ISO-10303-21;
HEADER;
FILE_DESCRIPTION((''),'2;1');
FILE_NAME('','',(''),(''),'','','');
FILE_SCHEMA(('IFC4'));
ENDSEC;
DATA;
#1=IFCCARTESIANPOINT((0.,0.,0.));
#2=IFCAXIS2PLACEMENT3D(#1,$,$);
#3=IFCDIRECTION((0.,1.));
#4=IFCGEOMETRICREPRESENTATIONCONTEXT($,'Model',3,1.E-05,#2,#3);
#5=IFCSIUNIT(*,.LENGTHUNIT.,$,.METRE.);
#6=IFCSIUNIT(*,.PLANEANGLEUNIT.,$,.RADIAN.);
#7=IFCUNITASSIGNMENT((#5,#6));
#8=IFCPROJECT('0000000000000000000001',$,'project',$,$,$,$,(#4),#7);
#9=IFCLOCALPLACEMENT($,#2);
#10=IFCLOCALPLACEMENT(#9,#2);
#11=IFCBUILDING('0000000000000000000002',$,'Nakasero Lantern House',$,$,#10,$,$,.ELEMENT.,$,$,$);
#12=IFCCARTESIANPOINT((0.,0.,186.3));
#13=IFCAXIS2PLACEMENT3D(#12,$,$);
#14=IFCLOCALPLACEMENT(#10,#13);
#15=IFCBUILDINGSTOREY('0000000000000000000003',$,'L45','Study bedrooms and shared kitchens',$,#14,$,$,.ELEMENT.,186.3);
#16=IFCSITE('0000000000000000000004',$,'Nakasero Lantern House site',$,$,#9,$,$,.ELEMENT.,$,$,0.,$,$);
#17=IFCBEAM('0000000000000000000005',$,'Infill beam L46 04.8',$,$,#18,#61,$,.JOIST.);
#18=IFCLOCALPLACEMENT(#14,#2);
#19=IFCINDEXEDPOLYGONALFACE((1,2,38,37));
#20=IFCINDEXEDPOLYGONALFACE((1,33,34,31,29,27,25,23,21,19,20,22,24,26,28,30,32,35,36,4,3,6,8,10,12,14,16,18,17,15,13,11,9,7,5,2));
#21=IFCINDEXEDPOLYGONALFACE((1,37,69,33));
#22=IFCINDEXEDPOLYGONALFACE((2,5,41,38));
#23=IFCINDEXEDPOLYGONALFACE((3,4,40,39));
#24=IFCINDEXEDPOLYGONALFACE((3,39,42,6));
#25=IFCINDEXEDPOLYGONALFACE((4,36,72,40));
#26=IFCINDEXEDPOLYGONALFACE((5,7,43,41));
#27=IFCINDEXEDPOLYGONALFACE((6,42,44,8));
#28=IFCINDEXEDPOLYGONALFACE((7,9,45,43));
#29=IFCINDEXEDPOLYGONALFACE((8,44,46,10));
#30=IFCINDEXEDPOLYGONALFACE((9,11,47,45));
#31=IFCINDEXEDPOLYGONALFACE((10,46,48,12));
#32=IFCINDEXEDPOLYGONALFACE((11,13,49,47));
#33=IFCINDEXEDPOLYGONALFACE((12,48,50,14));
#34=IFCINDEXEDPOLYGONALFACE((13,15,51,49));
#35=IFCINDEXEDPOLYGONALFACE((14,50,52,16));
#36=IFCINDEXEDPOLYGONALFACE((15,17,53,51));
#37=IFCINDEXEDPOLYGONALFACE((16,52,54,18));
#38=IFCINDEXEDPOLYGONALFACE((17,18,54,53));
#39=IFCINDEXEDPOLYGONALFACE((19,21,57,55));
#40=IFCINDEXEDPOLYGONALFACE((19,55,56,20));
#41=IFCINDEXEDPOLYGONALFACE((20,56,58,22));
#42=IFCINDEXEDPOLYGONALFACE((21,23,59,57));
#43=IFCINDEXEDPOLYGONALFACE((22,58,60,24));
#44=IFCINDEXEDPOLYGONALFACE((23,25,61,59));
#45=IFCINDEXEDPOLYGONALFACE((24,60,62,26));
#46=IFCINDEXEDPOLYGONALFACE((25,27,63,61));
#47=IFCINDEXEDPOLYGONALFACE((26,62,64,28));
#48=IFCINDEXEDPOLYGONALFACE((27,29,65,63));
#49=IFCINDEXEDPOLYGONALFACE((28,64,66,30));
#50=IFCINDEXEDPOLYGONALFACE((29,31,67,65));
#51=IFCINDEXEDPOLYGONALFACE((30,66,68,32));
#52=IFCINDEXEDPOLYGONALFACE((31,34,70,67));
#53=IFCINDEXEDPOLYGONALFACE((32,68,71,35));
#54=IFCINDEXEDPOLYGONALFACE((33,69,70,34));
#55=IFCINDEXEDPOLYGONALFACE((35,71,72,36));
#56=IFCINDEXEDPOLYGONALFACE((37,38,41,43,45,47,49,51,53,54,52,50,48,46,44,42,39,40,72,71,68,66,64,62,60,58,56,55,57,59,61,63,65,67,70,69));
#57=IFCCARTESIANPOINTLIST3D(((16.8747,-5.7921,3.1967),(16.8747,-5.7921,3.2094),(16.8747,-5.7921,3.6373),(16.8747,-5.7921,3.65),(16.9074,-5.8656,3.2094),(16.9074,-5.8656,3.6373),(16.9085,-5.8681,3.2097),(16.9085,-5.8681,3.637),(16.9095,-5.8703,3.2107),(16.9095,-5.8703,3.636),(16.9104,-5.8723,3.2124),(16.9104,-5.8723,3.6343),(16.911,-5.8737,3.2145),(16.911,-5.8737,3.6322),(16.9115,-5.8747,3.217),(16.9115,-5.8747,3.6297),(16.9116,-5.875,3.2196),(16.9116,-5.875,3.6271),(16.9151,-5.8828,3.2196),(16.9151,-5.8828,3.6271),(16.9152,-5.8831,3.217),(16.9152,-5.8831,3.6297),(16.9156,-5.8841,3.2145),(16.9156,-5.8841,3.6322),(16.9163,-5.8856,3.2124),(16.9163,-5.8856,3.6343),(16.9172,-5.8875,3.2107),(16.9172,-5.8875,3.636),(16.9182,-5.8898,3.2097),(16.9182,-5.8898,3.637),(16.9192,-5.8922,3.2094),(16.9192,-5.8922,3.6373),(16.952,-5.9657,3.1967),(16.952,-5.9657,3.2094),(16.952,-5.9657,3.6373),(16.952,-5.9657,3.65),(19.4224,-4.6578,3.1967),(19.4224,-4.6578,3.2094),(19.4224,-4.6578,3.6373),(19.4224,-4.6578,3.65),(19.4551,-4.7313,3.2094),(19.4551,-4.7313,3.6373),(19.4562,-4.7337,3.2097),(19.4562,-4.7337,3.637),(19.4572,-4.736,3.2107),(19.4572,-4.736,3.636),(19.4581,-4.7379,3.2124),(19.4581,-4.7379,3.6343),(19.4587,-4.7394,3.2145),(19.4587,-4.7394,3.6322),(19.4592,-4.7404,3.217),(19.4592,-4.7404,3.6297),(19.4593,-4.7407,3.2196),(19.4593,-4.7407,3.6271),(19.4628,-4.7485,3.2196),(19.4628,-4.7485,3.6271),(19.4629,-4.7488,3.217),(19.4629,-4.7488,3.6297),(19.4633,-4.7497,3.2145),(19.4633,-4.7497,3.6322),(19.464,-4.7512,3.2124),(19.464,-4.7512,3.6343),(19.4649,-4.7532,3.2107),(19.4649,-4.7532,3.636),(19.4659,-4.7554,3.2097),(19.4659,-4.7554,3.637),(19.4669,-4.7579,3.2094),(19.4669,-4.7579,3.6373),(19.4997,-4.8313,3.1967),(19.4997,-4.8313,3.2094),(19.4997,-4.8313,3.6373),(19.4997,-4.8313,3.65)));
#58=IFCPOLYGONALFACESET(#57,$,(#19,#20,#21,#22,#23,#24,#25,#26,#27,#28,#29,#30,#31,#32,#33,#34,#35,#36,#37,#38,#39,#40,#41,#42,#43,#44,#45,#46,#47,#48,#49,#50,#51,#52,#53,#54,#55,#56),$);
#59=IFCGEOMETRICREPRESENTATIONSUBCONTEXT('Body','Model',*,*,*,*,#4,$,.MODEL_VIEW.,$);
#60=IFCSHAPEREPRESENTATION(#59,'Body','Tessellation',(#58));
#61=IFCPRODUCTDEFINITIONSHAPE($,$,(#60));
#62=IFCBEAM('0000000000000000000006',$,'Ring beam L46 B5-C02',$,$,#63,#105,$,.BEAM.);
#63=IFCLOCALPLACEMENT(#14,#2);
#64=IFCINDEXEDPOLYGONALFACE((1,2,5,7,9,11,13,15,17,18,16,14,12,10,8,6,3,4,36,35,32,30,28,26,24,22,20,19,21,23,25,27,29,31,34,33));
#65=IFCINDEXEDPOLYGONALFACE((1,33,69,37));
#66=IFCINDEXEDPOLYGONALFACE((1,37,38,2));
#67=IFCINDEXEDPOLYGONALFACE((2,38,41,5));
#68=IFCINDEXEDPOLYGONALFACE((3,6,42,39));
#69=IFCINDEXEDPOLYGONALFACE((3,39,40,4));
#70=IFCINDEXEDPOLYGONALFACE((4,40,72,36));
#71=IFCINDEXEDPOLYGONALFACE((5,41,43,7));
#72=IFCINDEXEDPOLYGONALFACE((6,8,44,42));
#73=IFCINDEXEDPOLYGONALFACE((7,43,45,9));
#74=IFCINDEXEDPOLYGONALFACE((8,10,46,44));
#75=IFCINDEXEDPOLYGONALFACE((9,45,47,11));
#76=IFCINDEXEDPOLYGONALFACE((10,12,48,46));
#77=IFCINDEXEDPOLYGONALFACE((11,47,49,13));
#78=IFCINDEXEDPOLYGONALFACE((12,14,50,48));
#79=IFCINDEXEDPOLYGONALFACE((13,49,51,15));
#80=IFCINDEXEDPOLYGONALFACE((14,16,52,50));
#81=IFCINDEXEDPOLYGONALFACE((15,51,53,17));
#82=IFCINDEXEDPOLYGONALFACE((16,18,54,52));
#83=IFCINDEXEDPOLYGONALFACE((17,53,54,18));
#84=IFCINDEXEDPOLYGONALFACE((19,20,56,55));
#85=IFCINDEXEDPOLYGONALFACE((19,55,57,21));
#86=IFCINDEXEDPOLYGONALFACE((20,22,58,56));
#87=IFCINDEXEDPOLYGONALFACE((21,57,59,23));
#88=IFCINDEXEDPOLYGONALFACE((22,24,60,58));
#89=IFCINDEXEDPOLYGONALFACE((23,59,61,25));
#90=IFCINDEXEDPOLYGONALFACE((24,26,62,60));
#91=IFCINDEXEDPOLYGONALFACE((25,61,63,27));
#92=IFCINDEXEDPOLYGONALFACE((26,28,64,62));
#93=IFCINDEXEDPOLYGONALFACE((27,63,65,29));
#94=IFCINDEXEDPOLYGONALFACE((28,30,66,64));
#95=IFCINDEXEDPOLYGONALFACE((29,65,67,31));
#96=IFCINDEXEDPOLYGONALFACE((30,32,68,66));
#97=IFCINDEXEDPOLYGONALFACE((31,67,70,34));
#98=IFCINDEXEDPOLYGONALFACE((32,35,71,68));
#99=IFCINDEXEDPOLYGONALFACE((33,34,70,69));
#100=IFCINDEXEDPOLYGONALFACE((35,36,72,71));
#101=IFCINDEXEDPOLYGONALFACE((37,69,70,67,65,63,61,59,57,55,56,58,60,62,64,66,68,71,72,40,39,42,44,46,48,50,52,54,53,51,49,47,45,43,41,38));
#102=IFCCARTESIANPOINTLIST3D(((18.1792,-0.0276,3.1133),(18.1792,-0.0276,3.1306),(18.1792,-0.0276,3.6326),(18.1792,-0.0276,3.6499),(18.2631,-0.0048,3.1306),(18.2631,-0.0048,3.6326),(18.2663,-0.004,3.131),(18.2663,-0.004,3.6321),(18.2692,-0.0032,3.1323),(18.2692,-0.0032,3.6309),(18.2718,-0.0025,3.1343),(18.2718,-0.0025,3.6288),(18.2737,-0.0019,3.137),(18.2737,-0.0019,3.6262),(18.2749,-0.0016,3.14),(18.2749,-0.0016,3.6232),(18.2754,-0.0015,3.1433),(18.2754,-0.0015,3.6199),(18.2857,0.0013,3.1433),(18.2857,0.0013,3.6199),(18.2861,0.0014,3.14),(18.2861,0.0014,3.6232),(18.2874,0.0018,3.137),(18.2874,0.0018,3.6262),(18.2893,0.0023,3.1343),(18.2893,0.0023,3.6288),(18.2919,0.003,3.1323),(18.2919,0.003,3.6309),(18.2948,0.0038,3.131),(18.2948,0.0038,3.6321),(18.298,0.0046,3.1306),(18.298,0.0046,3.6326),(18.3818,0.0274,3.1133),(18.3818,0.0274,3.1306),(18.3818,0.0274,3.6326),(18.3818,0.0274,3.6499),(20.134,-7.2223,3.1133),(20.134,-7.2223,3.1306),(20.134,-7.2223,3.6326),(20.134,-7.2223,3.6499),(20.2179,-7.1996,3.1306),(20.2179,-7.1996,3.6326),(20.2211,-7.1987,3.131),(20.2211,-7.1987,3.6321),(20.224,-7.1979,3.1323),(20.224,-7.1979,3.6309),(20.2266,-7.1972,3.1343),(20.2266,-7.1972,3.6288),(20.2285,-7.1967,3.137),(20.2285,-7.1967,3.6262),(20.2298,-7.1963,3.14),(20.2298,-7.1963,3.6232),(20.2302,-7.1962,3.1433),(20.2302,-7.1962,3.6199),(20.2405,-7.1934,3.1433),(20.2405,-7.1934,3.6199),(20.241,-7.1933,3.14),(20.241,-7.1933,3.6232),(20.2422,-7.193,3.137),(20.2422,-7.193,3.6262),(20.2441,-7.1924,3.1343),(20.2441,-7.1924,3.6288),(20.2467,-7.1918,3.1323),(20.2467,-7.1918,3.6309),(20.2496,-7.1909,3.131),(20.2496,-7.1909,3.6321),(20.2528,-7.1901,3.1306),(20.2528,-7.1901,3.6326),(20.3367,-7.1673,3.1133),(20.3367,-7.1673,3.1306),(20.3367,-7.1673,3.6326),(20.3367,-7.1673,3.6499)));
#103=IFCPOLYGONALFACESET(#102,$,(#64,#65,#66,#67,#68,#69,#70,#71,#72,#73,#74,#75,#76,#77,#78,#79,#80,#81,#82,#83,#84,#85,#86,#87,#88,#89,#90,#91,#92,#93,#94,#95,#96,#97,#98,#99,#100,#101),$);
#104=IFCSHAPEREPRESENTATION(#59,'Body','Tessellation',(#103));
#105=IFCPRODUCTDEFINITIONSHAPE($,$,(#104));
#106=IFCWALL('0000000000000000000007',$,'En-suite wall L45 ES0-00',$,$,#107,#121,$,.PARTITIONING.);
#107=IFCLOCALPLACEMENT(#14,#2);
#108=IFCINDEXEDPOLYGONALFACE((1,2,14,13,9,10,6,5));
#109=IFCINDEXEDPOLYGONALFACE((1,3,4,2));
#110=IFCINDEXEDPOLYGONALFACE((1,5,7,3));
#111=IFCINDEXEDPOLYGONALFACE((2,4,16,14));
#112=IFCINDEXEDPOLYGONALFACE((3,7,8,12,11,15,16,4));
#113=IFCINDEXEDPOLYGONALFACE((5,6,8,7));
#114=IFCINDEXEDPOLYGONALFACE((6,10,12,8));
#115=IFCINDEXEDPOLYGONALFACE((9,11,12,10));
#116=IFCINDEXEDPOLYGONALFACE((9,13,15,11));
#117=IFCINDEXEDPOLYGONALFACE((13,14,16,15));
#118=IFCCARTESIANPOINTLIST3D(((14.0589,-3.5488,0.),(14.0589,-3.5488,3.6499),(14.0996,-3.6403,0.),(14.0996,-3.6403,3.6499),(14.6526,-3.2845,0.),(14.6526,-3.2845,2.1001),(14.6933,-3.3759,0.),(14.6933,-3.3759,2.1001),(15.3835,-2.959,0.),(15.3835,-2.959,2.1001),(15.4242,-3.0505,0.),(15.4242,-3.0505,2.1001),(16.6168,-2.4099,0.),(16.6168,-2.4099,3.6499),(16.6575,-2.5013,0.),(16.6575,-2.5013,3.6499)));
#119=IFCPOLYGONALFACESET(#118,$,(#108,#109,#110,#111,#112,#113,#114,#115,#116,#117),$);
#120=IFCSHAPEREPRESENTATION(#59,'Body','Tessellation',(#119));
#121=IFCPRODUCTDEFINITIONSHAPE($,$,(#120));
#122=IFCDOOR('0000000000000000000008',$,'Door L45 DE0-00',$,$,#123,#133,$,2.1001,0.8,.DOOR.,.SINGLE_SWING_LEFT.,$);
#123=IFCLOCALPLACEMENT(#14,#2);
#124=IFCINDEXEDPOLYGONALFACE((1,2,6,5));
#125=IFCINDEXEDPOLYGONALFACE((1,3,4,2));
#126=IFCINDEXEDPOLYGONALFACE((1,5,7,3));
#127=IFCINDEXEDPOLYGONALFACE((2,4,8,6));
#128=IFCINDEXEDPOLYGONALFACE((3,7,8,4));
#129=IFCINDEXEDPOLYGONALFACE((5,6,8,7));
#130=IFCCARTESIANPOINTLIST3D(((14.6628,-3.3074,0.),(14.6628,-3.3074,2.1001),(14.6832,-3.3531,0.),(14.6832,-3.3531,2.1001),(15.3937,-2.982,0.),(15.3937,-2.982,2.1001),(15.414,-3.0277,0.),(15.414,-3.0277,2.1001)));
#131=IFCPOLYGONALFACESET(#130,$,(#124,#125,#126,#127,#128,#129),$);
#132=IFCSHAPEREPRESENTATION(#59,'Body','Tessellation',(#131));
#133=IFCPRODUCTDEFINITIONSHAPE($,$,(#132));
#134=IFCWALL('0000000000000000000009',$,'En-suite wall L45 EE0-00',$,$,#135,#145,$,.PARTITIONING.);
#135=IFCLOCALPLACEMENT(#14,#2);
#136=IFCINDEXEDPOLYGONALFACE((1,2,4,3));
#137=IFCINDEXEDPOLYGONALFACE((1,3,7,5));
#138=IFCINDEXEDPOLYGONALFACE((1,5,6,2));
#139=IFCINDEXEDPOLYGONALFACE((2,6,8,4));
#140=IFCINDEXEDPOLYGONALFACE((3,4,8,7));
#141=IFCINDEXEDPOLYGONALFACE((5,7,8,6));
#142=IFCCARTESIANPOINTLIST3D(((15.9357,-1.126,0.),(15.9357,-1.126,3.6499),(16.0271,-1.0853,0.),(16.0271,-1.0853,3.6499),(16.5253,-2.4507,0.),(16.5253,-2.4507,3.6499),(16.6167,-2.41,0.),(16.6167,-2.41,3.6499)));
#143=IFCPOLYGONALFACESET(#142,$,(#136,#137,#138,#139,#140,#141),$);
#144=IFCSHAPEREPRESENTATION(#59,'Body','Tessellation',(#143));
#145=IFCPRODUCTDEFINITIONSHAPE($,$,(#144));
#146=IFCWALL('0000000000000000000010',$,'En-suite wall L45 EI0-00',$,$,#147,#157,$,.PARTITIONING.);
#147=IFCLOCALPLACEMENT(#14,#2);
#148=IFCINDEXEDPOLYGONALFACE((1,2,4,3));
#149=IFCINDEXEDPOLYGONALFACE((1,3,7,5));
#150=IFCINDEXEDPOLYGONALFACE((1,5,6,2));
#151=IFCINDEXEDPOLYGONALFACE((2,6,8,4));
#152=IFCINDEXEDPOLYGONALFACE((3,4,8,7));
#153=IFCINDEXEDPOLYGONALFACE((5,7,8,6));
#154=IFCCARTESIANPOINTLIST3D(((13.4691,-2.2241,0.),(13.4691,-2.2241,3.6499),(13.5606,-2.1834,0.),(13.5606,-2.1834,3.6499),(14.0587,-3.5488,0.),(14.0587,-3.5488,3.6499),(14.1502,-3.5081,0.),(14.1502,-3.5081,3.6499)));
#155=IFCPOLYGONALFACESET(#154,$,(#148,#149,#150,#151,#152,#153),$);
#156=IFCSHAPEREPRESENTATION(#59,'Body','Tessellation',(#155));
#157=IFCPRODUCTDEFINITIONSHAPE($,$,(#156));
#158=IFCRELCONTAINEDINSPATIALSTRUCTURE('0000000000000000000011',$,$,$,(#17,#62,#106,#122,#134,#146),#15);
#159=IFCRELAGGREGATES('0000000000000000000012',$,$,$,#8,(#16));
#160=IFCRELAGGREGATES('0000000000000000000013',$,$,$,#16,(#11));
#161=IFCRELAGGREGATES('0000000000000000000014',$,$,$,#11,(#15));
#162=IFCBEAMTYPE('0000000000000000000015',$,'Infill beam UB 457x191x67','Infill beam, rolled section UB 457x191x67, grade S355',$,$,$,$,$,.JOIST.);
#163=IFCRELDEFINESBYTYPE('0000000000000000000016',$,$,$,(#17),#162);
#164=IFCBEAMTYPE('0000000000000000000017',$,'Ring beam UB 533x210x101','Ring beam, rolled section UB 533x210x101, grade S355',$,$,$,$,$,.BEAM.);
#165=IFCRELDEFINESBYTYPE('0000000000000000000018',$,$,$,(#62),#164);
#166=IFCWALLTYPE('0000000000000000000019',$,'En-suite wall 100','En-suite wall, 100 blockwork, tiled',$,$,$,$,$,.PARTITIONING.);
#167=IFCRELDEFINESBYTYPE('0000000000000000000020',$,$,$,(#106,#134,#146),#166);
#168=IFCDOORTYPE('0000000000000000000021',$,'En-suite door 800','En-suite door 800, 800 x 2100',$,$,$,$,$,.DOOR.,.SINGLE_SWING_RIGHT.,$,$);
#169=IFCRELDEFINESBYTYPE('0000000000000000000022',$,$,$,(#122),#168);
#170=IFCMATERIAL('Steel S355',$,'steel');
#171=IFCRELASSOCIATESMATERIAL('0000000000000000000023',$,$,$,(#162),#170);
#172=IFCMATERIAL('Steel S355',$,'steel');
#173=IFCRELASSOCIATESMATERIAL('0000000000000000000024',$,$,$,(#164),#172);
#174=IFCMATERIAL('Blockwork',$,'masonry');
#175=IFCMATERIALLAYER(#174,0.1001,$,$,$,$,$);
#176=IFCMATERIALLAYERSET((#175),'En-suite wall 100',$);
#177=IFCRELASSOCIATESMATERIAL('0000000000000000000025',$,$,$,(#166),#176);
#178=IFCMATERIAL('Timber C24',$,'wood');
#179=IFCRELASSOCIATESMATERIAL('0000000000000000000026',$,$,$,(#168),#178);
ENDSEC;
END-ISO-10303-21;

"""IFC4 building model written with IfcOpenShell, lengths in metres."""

from ifc_helpers import new_model, si_unit, direction, frame, frame_2d, origin, origin_2d, place, context, subcontext, project, spatial, rectangle, i_section, extrude, material, layer, layer_set, material_profile, profile_set, type_object, element, fill, save


model = new_model("IFC4")

# Units and contexts
model_context = context("Model", 3, precision=1e-05, world=origin(), true_north=direction((0.0, 1.0)))
body_context = subcontext(model_context, "Body", "Model", "MODEL_VIEW")
ifc_project = project(units=[si_unit("LENGTHUNIT", "METRE"), si_unit("PLANEANGLEUNIT", "RADIAN")], contexts=[model_context])

# Site, building, storey
site_placement = place(None, origin())
site = spatial("IfcSite", under=ifc_project, at=site_placement, Name="Nakasero Lantern House site", CompositionType="ELEMENT", RefElevation=0.0)
building_placement = place(site_placement, origin())
building = spatial("IfcBuilding", under=site, at=building_placement, Name="Nakasero Lantern House", CompositionType="ELEMENT")
storey_placement = place(building_placement, frame((0.0, 0.0, 186.3)))
storey = spatial("IfcBuildingStorey", under=building, at=storey_placement, Name="L45", Description="Study bedrooms and shared kitchens", CompositionType="ELEMENT", Elevation=186.3)

# Beams
ifc_material_1 = material(Name="Steel S355", Category="steel")
ifc_material_profile_1 = material_profile(ifc_material_1, i_section(OverallWidth=0.1899, OverallDepth=0.4534, WebThickness=0.0085, FlangeThickness=0.0127, FilletRadius=0.0103, at=origin_2d()), Name="UB 457x191x67")
ifc_profile_set_1 = profile_set([ifc_material_profile_1], Name="Steel S355")
beam_type_1 = type_object("IfcBeamType", Name="Infill beam UB 457x191x67", Description="Infill beam, rolled section UB 457x191x67, grade S355", PredefinedType="JOIST", material=ifc_profile_set_1)
beam_1_placement = place(storey_placement, frame((16.9133, -5.8789, 3.4233), z_axis=(0.913544, 0.406739, 0.0), x_axis=(-0.406739, 0.913544, 0.0)))
element("IfcBeam", 1, at=beam_1_placement, inside=storey, type_object=beam_type_1, Name="Infill beam L46 04.8", PredefinedType="JOIST", context=body_context, shape_type="SweptSolid", body=[
    extrude(i_section(OverallWidth=0.1899, OverallDepth=0.4534, WebThickness=0.0085, FlangeThickness=0.0127, FilletRadius=0.0103, at=origin_2d()), origin(), (0.0, 0.0, 1.0), 2.7888),
])
ifc_material_2 = material(Name="Steel S355", Category="steel")
ifc_material_profile_2 = material_profile(ifc_material_2, i_section(OverallWidth=0.21, OverallDepth=0.5366, WebThickness=0.0107, FlangeThickness=0.0173, FilletRadius=0.0127, at=origin_2d()), Name="UB 533x210x101")
ifc_profile_set_2 = profile_set([ifc_material_profile_2], Name="Steel S355")
beam_type_2 = type_object("IfcBeamType", Name="Ring beam UB 533x210x101", Description="Ring beam, rolled section UB 533x210x101, grade S355", PredefinedType="BEAM", material=ifc_profile_set_2)
beam_2_placement = place(storey_placement, frame((20.2354, -7.1948, 3.3816), z_axis=(-0.262195, 0.965015, 0.0), x_axis=(-0.965015, -0.262195, 0.0)))
element("IfcBeam", 2, at=beam_2_placement, inside=storey, type_object=beam_type_2, Name="Ring beam L46 B5-C02", PredefinedType="BEAM", context=body_context, shape_type="SweptSolid", body=[
    extrude(i_section(OverallWidth=0.21, OverallDepth=0.5366, WebThickness=0.0107, FlangeThickness=0.0173, FilletRadius=0.0127, at=origin_2d()), origin(), (0.0, 0.0, 1.0), 7.4556),
])

# Wall, opening, door
ifc_material_3 = material(Name="Blockwork", Category="masonry")
ifc_layer_1 = layer(ifc_material_3, 0.1001)
ifc_layer_set_1 = layer_set([ifc_layer_1], Name="En-suite wall 100")
wall_type_1 = type_object("IfcWallType", Name="En-suite wall 100", Description="En-suite wall, 100 blockwork, tiled", PredefinedType="PARTITIONING", material=ifc_layer_set_1)
wall_1_placement = place(storey_placement, frame((14.0793, -3.5945, 0.0), z_axis=(0.0, 0.0, 1.0), x_axis=(0.913534, 0.406761, 0.0)))
wall_1 = element("IfcWall", 3, at=wall_1_placement, inside=storey, type_object=wall_type_1, Name="En-suite wall L45 ES0-00", PredefinedType="PARTITIONING", context=body_context, shape_type="SweptSolid", body=[
    extrude(rectangle(XDim=2.8, YDim=0.1001, at=frame_2d((1.3999, 0.0))), origin(), (0.0, 0.0, 1.0), 3.6499),
])
opening_1_placement = place(wall_1_placement, frame((0.6499, 0.0, 0.0)))
opening_1 = element("IfcOpeningElement", 4, at=opening_1_placement, cuts=wall_1, PredefinedType="OPENING", context=body_context, shape_type="SweptSolid", body=[
    extrude(rectangle(XDim=0.8, YDim=2.1001, at=frame_2d((0.3999, 1.05))), frame((0.0, 0.0701, 0.0), z_axis=(0.0, -1.0, 0.0), x_axis=(1.0, 0.0, 0.0)), (0.0, 0.0, 1.0), 0.1401),
])
ifc_material_4 = material(Name="Timber C24", Category="wood")
door_type_1 = type_object("IfcDoorType", Name="En-suite door 800", Description="En-suite door 800, 800 x 2100", OperationType="SINGLE_SWING_RIGHT", PredefinedType="DOOR", material=ifc_material_4)
door_1_placement = place(opening_1_placement, origin())
door_1 = element("IfcDoor", 5, at=door_1_placement, inside=storey, type_object=door_type_1, Name="Door L45 DE0-00", OperationType="SINGLE_SWING_LEFT", OverallHeight=2.1001, OverallWidth=0.8, PredefinedType="DOOR", context=body_context, shape_type="SweptSolid", body=[
    extrude(rectangle(XDim=0.8, YDim=2.1001, at=frame_2d((0.3999, 1.05))), frame((0.0, 0.0249, 0.0), z_axis=(0.0, -1.0, 0.0), x_axis=(1.0, 0.0, 0.0)), (0.0, 0.0, 1.0), 0.05),
])
fill(opening_1, door_1)

# Walls
for number, where, z_axis, x_axis, name in (
    (6, (16.571, -2.4304, 0.0), (0.0, 0.0, 1.0), (-0.406623, 0.913596, 0.0), "En-suite wall L45 EE0-00"),
    (7, (14.1045, -3.5286, 0.0), (0.0, 0.0, 1.0), (-0.406623, 0.913596, 0.0), "En-suite wall L45 EI0-00"),
):
    element("IfcWall", number, at=place(storey_placement, frame(where, z_axis=z_axis, x_axis=x_axis)), inside=storey, type_object=wall_type_1, Name=name, PredefinedType="PARTITIONING", context=body_context, shape_type="SweptSolid", body=[
        extrude(rectangle(XDim=1.45, YDim=0.1001, at=frame_2d((0.7251, 0.0))), origin(), (0.0, 0.0, 1.0), 3.6499),
    ])

save(model, "model.ifc")
